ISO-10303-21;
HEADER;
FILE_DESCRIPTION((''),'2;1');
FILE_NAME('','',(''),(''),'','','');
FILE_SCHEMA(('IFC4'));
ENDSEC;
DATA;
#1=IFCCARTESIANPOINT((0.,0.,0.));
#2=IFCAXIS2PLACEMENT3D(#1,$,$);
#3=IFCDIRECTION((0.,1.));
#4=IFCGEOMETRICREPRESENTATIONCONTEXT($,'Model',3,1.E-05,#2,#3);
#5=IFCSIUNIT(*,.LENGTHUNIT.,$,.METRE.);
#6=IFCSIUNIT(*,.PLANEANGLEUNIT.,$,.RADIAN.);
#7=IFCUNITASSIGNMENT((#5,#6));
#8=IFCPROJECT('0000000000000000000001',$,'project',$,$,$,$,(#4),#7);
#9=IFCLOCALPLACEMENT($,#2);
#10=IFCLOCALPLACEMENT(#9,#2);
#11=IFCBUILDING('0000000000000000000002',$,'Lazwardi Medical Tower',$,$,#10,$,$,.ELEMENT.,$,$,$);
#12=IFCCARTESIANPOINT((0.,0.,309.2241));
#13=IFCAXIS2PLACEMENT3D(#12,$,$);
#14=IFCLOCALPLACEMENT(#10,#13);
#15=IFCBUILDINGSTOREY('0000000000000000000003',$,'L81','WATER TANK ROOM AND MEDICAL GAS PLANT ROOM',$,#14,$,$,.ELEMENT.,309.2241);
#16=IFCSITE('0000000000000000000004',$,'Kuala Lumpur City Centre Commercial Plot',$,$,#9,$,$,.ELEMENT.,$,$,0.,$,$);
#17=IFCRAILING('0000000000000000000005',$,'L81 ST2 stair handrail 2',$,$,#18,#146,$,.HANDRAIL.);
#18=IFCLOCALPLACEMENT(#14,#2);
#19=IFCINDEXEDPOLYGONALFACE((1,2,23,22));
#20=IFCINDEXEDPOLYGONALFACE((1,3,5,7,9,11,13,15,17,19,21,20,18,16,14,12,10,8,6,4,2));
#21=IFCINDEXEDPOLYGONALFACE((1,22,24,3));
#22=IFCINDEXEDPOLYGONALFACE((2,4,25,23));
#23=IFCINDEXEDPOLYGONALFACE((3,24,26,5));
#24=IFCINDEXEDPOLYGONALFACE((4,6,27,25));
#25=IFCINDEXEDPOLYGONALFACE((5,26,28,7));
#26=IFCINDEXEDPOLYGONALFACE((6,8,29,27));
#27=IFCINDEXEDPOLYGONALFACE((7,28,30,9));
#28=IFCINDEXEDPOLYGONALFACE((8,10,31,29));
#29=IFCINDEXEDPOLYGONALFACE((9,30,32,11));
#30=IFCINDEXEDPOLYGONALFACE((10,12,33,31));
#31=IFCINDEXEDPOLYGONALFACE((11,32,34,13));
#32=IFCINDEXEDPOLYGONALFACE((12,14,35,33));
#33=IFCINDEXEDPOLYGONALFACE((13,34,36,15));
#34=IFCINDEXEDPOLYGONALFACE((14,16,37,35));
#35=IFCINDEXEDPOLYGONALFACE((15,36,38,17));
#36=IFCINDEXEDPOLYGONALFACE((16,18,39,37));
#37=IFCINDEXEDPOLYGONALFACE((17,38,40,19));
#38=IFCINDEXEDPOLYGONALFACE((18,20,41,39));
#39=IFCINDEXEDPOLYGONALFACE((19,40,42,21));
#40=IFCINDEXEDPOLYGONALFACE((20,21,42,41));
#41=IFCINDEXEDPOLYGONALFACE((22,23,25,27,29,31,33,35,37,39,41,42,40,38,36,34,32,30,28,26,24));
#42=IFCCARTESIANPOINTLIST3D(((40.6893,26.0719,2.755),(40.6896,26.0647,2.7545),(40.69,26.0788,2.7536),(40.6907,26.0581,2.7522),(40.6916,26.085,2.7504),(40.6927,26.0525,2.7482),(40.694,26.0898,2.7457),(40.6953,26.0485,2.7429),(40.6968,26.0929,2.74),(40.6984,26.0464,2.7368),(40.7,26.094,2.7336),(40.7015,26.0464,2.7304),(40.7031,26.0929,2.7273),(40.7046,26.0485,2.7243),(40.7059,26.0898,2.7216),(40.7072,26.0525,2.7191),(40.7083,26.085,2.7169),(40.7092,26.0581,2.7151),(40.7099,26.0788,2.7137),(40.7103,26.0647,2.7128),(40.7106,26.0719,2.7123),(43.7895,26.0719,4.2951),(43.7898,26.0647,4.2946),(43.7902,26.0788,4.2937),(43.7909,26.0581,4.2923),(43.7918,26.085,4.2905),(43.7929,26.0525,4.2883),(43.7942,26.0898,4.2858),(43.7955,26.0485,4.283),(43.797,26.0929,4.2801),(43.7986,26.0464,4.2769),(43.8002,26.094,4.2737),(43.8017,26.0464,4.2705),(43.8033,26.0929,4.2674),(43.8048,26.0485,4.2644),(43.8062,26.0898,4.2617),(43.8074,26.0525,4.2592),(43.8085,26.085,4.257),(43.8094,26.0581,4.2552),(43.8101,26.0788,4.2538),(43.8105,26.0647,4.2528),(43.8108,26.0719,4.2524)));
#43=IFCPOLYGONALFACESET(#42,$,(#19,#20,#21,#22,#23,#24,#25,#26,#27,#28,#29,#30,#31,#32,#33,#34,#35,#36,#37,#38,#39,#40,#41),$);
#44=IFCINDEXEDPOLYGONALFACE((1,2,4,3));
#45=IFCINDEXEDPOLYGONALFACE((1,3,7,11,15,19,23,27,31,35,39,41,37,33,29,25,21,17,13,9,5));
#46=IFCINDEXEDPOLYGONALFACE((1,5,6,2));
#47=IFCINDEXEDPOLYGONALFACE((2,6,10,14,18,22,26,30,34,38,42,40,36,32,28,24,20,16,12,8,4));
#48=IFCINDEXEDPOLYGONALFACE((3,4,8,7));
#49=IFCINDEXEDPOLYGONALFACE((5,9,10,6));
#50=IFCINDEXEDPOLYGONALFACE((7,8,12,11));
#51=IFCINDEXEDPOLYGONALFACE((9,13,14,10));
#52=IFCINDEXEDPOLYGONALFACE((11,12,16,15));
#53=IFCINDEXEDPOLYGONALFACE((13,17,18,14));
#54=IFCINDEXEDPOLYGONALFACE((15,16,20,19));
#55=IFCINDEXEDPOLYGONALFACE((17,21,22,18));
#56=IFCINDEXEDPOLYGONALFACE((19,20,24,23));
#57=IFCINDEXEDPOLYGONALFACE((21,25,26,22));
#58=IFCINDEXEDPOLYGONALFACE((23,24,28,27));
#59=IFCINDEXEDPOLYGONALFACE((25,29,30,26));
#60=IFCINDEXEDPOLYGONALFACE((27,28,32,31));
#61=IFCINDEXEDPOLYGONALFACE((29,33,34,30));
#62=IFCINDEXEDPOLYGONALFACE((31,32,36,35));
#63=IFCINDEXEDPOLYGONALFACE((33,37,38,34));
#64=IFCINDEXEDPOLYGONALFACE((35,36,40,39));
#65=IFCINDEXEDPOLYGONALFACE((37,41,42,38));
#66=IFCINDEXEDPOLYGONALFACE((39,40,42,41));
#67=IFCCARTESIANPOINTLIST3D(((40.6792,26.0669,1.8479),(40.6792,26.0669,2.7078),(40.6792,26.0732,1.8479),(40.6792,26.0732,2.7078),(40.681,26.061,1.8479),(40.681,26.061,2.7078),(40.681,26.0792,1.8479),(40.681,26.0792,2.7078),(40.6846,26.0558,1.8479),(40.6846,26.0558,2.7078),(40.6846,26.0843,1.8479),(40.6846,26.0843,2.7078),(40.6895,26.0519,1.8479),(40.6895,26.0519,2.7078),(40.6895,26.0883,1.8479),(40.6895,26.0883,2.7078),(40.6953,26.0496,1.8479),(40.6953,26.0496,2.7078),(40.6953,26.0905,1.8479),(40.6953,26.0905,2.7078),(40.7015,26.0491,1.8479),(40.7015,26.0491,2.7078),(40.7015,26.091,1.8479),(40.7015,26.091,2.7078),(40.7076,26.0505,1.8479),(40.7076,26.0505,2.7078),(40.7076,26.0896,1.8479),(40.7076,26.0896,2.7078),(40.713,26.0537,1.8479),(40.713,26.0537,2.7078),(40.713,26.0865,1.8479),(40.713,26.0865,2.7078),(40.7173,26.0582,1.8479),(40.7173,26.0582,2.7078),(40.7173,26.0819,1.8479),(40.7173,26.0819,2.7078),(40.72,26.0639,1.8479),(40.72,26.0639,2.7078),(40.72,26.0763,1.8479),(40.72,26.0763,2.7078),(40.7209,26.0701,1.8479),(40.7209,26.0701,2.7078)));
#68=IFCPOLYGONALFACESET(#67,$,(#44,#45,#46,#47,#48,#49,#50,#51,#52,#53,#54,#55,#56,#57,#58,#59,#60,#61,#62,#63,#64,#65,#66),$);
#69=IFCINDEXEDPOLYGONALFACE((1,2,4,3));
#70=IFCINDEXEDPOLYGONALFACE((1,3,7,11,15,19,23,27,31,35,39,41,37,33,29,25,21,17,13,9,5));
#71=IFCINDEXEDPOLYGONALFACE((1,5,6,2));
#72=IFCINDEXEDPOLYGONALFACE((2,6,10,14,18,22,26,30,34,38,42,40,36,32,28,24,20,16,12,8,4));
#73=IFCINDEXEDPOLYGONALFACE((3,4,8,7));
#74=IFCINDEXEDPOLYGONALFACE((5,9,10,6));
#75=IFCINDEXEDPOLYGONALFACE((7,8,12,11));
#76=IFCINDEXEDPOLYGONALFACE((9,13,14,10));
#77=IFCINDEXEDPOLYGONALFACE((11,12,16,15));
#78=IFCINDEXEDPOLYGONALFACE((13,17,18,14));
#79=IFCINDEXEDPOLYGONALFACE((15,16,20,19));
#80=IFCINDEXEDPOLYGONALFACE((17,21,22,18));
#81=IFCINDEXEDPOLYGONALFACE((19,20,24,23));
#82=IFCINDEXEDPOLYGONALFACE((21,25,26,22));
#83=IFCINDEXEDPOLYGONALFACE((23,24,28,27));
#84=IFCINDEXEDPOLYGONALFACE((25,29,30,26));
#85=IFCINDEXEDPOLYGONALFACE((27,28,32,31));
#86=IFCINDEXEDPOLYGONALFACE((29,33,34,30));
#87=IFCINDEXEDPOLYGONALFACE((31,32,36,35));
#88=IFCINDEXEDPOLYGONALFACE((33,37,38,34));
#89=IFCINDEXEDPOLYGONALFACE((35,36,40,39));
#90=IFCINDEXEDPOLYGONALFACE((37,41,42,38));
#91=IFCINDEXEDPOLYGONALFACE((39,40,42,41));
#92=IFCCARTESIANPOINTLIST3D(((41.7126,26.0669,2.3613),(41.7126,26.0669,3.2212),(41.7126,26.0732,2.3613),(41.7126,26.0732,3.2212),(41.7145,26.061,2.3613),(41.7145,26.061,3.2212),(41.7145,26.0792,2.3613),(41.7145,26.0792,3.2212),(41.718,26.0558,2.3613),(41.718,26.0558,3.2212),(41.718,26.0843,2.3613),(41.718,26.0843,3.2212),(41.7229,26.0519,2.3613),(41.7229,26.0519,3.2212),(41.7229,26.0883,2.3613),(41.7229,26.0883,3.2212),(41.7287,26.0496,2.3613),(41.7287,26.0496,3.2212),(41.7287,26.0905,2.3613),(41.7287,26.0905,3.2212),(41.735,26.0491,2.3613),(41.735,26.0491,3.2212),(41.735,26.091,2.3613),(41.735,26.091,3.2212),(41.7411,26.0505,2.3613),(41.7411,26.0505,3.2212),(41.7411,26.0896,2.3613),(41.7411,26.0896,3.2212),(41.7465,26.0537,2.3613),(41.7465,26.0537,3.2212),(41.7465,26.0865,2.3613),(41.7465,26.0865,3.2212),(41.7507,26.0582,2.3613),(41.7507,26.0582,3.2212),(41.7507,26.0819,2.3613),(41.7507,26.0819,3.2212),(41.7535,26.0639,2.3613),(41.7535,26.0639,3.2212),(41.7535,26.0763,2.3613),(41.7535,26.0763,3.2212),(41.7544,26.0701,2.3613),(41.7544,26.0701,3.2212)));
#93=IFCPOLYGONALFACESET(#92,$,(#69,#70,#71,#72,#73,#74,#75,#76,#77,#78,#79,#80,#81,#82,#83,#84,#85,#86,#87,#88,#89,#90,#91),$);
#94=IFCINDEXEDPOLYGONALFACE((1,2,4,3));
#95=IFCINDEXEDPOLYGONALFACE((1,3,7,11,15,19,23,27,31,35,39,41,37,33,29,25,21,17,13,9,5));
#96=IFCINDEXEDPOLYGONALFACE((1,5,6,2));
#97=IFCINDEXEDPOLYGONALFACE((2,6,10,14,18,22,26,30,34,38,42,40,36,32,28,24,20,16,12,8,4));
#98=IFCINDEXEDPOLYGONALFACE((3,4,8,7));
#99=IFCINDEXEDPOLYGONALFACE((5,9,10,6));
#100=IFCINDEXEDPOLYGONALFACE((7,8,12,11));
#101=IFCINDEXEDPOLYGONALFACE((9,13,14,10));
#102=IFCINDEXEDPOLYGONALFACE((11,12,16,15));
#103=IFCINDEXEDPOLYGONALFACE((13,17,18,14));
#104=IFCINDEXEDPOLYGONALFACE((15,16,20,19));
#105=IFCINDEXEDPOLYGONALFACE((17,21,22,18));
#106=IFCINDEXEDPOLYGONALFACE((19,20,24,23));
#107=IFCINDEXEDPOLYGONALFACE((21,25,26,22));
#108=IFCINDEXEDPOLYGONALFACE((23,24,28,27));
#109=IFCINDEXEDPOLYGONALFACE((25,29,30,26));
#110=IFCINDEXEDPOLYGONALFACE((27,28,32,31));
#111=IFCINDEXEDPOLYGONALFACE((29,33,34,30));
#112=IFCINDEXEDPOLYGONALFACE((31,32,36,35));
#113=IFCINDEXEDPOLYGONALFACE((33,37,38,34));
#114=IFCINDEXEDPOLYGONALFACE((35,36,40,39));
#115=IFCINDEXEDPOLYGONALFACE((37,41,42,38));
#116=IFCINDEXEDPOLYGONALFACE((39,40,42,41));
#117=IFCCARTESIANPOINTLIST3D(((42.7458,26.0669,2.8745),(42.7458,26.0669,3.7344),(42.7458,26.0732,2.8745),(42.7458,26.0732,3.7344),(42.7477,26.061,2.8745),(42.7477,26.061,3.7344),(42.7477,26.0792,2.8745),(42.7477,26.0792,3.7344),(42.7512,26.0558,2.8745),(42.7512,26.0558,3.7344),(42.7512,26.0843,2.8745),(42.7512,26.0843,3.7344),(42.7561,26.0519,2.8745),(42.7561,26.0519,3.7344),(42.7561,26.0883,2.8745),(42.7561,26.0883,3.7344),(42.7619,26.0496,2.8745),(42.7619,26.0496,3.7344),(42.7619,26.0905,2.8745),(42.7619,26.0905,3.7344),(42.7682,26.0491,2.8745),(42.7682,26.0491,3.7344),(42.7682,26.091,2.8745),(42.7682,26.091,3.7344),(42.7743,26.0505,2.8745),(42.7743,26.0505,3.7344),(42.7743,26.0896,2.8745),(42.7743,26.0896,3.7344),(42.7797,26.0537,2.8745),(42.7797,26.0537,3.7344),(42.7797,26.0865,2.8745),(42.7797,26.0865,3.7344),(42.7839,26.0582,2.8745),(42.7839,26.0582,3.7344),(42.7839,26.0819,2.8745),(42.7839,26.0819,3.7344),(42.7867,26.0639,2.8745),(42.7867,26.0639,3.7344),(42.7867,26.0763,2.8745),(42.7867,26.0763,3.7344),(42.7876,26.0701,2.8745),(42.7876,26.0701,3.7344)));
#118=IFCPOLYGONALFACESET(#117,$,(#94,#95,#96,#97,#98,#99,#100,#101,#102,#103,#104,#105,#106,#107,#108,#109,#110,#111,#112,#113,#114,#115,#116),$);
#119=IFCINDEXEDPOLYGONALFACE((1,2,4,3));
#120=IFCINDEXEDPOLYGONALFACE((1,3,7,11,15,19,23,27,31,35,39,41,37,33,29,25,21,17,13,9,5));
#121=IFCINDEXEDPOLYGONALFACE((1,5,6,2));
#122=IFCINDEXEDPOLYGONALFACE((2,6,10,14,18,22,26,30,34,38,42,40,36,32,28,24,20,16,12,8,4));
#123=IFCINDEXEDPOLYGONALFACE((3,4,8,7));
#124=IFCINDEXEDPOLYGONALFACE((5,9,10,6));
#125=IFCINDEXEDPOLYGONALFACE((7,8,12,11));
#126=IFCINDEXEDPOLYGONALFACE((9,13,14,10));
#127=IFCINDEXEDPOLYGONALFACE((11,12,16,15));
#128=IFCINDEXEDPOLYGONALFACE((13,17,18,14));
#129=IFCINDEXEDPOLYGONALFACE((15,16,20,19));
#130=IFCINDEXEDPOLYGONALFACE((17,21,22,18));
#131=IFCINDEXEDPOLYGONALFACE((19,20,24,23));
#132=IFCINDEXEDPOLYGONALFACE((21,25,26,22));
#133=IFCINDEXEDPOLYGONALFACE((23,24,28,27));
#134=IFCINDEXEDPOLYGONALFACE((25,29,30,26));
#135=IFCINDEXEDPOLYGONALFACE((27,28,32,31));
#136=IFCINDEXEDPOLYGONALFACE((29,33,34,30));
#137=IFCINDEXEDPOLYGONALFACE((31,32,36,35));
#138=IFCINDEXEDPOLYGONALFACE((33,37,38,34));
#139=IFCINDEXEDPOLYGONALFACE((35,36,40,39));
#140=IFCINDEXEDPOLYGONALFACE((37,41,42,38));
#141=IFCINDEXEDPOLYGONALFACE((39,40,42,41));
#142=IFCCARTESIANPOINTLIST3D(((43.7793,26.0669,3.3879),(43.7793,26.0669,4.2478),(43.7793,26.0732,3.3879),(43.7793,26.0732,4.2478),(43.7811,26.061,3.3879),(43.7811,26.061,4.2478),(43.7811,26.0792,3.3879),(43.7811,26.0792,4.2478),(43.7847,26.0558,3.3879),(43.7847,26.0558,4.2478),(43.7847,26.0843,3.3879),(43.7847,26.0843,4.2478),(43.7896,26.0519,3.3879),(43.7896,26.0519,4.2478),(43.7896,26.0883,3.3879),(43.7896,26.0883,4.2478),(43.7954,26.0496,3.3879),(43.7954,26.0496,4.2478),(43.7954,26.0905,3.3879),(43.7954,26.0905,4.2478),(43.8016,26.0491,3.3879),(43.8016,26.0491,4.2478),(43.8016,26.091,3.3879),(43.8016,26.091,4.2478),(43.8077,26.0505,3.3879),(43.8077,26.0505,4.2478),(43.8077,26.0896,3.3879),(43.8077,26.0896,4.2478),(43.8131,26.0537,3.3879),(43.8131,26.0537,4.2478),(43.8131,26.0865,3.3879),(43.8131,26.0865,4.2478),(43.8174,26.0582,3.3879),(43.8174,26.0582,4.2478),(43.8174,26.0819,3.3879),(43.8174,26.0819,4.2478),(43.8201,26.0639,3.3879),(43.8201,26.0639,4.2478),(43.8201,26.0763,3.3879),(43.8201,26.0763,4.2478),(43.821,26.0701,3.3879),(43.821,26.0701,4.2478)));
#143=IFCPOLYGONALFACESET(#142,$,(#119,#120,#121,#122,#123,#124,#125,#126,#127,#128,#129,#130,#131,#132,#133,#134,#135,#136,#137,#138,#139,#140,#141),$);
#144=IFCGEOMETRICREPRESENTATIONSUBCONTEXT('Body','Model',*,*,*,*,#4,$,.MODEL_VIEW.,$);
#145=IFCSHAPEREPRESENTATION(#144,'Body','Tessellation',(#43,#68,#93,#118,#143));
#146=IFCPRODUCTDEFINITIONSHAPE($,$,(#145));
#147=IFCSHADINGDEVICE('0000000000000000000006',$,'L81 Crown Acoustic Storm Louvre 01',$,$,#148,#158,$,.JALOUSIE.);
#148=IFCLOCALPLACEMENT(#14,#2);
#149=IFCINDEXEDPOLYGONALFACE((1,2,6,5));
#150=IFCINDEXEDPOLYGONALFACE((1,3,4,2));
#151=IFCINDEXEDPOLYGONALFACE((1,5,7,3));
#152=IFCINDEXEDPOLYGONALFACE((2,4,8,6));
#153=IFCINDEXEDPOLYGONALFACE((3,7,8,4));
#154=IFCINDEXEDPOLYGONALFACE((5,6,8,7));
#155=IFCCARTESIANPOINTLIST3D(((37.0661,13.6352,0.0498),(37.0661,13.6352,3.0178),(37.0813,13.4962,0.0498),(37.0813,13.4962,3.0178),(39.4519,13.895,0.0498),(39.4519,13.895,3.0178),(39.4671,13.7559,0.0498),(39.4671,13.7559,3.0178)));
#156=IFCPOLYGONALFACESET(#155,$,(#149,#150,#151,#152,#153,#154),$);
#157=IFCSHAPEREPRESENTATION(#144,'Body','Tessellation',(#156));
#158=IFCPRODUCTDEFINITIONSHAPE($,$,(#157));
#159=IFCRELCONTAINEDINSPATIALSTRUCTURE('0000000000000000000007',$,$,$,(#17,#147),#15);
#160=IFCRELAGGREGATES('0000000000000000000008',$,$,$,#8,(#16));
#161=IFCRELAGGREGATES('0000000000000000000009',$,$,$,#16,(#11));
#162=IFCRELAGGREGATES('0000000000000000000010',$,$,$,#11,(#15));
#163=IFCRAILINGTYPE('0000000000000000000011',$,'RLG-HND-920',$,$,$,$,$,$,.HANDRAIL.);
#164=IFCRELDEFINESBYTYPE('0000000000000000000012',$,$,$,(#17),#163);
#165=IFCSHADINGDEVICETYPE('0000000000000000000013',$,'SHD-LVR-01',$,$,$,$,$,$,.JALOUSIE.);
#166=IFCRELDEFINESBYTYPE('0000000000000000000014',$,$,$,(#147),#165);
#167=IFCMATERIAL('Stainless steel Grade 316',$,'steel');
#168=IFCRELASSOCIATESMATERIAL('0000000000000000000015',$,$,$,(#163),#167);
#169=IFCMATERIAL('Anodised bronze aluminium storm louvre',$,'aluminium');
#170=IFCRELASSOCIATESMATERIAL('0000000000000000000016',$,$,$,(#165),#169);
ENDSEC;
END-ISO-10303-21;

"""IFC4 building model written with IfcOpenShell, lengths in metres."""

from ifc_helpers import new_model, si_unit, direction, frame, origin, origin_2d, place, context, subcontext, project, spatial, rectangle, circle, extrude, material, type_object, element, save


model = new_model("IFC4")

# Units and contexts
model_context = context("Model", 3, precision=1e-05, world=origin(), true_north=direction((0.0, 1.0)))
body_context = subcontext(model_context, "Body", "Model", "MODEL_VIEW")
ifc_project = project(units=[si_unit("LENGTHUNIT", "METRE"), si_unit("PLANEANGLEUNIT", "RADIAN")], contexts=[model_context])

# Site, building, storey
site_placement = place(None, origin())
site = spatial("IfcSite", under=ifc_project, at=site_placement, Name="Kuala Lumpur City Centre Commercial Plot", CompositionType="ELEMENT", RefElevation=0.0)
building_placement = place(site_placement, origin())
building = spatial("IfcBuilding", under=site, at=building_placement, Name="Lazwardi Medical Tower", CompositionType="ELEMENT")
storey_placement = place(building_placement, frame((0.0, 0.0, 309.2241)))
storey = spatial("IfcBuildingStorey", under=building, at=storey_placement, Name="L81", Description="WATER TANK ROOM AND MEDICAL GAS PLANT ROOM", CompositionType="ELEMENT", Elevation=309.2241)

# Railing
ifc_material_1 = material(Name="Stainless steel Grade 316", Category="steel")
railing_type_1 = type_object("IfcRailingType", Name="RLG-HND-920", PredefinedType="HANDRAIL", material=ifc_material_1)
railing_1_placement = place(storey_placement, frame((40.7, 26.0701, 1.8479)))
element("IfcRailing", 1, at=railing_1_placement, inside=storey, type_object=railing_type_1, Name="L81 ST2 stair handrail 2", PredefinedType="HANDRAIL", context=body_context, shape_type="SweptSolid", body=[
    extrude(circle(Radius=0.0239, at=origin_2d()), frame((0.0, 0.0, 0.8857), z_axis=(0.895581, 0.0, 0.444899), x_axis=(0.0, 1.0, 0.0)), (0.0, 0.0, 1.0), 3.4617),
    extrude(circle(Radius=0.021, at=origin_2d()), origin(), (0.0, 0.0, 1.0), 0.8599),
    extrude(circle(Radius=0.021, at=origin_2d()), frame((1.0334, 0.0, 0.5134)), (0.0, 0.0, 1.0), 0.8599),
    extrude(circle(Radius=0.021, at=origin_2d()), frame((2.0667, 0.0, 1.0266)), (0.0, 0.0, 1.0), 0.8599),
    extrude(circle(Radius=0.021, at=origin_2d()), frame((3.1001, 0.0, 1.54)), (0.0, 0.0, 1.0), 0.8599),
])

# Shading device
ifc_material_2 = material(Name="Anodised bronze aluminium storm louvre", Category="aluminium")
shading_device_type = type_object("IfcShadingDeviceType", Name="SHD-LVR-01", PredefinedType="JALOUSIE", material=ifc_material_2)
shading_device_placement = place(storey_placement, frame((38.2666, 13.6956, 0.0498), z_axis=(0.0, 0.0, 1.0), x_axis=(0.994126, 0.10823, 0.0)))
element("IfcShadingDevice", 2, at=shading_device_placement, inside=storey, type_object=shading_device_type, Name="L81 Crown Acoustic Storm Louvre 01", PredefinedType="JALOUSIE", context=body_context, shape_type="SweptSolid", body=[
    extrude(rectangle(XDim=2.3999, YDim=0.1399, at=origin_2d()), origin(), (0.0, 0.0, 1.0), 2.968),
])

save(model, "model.ifc")
